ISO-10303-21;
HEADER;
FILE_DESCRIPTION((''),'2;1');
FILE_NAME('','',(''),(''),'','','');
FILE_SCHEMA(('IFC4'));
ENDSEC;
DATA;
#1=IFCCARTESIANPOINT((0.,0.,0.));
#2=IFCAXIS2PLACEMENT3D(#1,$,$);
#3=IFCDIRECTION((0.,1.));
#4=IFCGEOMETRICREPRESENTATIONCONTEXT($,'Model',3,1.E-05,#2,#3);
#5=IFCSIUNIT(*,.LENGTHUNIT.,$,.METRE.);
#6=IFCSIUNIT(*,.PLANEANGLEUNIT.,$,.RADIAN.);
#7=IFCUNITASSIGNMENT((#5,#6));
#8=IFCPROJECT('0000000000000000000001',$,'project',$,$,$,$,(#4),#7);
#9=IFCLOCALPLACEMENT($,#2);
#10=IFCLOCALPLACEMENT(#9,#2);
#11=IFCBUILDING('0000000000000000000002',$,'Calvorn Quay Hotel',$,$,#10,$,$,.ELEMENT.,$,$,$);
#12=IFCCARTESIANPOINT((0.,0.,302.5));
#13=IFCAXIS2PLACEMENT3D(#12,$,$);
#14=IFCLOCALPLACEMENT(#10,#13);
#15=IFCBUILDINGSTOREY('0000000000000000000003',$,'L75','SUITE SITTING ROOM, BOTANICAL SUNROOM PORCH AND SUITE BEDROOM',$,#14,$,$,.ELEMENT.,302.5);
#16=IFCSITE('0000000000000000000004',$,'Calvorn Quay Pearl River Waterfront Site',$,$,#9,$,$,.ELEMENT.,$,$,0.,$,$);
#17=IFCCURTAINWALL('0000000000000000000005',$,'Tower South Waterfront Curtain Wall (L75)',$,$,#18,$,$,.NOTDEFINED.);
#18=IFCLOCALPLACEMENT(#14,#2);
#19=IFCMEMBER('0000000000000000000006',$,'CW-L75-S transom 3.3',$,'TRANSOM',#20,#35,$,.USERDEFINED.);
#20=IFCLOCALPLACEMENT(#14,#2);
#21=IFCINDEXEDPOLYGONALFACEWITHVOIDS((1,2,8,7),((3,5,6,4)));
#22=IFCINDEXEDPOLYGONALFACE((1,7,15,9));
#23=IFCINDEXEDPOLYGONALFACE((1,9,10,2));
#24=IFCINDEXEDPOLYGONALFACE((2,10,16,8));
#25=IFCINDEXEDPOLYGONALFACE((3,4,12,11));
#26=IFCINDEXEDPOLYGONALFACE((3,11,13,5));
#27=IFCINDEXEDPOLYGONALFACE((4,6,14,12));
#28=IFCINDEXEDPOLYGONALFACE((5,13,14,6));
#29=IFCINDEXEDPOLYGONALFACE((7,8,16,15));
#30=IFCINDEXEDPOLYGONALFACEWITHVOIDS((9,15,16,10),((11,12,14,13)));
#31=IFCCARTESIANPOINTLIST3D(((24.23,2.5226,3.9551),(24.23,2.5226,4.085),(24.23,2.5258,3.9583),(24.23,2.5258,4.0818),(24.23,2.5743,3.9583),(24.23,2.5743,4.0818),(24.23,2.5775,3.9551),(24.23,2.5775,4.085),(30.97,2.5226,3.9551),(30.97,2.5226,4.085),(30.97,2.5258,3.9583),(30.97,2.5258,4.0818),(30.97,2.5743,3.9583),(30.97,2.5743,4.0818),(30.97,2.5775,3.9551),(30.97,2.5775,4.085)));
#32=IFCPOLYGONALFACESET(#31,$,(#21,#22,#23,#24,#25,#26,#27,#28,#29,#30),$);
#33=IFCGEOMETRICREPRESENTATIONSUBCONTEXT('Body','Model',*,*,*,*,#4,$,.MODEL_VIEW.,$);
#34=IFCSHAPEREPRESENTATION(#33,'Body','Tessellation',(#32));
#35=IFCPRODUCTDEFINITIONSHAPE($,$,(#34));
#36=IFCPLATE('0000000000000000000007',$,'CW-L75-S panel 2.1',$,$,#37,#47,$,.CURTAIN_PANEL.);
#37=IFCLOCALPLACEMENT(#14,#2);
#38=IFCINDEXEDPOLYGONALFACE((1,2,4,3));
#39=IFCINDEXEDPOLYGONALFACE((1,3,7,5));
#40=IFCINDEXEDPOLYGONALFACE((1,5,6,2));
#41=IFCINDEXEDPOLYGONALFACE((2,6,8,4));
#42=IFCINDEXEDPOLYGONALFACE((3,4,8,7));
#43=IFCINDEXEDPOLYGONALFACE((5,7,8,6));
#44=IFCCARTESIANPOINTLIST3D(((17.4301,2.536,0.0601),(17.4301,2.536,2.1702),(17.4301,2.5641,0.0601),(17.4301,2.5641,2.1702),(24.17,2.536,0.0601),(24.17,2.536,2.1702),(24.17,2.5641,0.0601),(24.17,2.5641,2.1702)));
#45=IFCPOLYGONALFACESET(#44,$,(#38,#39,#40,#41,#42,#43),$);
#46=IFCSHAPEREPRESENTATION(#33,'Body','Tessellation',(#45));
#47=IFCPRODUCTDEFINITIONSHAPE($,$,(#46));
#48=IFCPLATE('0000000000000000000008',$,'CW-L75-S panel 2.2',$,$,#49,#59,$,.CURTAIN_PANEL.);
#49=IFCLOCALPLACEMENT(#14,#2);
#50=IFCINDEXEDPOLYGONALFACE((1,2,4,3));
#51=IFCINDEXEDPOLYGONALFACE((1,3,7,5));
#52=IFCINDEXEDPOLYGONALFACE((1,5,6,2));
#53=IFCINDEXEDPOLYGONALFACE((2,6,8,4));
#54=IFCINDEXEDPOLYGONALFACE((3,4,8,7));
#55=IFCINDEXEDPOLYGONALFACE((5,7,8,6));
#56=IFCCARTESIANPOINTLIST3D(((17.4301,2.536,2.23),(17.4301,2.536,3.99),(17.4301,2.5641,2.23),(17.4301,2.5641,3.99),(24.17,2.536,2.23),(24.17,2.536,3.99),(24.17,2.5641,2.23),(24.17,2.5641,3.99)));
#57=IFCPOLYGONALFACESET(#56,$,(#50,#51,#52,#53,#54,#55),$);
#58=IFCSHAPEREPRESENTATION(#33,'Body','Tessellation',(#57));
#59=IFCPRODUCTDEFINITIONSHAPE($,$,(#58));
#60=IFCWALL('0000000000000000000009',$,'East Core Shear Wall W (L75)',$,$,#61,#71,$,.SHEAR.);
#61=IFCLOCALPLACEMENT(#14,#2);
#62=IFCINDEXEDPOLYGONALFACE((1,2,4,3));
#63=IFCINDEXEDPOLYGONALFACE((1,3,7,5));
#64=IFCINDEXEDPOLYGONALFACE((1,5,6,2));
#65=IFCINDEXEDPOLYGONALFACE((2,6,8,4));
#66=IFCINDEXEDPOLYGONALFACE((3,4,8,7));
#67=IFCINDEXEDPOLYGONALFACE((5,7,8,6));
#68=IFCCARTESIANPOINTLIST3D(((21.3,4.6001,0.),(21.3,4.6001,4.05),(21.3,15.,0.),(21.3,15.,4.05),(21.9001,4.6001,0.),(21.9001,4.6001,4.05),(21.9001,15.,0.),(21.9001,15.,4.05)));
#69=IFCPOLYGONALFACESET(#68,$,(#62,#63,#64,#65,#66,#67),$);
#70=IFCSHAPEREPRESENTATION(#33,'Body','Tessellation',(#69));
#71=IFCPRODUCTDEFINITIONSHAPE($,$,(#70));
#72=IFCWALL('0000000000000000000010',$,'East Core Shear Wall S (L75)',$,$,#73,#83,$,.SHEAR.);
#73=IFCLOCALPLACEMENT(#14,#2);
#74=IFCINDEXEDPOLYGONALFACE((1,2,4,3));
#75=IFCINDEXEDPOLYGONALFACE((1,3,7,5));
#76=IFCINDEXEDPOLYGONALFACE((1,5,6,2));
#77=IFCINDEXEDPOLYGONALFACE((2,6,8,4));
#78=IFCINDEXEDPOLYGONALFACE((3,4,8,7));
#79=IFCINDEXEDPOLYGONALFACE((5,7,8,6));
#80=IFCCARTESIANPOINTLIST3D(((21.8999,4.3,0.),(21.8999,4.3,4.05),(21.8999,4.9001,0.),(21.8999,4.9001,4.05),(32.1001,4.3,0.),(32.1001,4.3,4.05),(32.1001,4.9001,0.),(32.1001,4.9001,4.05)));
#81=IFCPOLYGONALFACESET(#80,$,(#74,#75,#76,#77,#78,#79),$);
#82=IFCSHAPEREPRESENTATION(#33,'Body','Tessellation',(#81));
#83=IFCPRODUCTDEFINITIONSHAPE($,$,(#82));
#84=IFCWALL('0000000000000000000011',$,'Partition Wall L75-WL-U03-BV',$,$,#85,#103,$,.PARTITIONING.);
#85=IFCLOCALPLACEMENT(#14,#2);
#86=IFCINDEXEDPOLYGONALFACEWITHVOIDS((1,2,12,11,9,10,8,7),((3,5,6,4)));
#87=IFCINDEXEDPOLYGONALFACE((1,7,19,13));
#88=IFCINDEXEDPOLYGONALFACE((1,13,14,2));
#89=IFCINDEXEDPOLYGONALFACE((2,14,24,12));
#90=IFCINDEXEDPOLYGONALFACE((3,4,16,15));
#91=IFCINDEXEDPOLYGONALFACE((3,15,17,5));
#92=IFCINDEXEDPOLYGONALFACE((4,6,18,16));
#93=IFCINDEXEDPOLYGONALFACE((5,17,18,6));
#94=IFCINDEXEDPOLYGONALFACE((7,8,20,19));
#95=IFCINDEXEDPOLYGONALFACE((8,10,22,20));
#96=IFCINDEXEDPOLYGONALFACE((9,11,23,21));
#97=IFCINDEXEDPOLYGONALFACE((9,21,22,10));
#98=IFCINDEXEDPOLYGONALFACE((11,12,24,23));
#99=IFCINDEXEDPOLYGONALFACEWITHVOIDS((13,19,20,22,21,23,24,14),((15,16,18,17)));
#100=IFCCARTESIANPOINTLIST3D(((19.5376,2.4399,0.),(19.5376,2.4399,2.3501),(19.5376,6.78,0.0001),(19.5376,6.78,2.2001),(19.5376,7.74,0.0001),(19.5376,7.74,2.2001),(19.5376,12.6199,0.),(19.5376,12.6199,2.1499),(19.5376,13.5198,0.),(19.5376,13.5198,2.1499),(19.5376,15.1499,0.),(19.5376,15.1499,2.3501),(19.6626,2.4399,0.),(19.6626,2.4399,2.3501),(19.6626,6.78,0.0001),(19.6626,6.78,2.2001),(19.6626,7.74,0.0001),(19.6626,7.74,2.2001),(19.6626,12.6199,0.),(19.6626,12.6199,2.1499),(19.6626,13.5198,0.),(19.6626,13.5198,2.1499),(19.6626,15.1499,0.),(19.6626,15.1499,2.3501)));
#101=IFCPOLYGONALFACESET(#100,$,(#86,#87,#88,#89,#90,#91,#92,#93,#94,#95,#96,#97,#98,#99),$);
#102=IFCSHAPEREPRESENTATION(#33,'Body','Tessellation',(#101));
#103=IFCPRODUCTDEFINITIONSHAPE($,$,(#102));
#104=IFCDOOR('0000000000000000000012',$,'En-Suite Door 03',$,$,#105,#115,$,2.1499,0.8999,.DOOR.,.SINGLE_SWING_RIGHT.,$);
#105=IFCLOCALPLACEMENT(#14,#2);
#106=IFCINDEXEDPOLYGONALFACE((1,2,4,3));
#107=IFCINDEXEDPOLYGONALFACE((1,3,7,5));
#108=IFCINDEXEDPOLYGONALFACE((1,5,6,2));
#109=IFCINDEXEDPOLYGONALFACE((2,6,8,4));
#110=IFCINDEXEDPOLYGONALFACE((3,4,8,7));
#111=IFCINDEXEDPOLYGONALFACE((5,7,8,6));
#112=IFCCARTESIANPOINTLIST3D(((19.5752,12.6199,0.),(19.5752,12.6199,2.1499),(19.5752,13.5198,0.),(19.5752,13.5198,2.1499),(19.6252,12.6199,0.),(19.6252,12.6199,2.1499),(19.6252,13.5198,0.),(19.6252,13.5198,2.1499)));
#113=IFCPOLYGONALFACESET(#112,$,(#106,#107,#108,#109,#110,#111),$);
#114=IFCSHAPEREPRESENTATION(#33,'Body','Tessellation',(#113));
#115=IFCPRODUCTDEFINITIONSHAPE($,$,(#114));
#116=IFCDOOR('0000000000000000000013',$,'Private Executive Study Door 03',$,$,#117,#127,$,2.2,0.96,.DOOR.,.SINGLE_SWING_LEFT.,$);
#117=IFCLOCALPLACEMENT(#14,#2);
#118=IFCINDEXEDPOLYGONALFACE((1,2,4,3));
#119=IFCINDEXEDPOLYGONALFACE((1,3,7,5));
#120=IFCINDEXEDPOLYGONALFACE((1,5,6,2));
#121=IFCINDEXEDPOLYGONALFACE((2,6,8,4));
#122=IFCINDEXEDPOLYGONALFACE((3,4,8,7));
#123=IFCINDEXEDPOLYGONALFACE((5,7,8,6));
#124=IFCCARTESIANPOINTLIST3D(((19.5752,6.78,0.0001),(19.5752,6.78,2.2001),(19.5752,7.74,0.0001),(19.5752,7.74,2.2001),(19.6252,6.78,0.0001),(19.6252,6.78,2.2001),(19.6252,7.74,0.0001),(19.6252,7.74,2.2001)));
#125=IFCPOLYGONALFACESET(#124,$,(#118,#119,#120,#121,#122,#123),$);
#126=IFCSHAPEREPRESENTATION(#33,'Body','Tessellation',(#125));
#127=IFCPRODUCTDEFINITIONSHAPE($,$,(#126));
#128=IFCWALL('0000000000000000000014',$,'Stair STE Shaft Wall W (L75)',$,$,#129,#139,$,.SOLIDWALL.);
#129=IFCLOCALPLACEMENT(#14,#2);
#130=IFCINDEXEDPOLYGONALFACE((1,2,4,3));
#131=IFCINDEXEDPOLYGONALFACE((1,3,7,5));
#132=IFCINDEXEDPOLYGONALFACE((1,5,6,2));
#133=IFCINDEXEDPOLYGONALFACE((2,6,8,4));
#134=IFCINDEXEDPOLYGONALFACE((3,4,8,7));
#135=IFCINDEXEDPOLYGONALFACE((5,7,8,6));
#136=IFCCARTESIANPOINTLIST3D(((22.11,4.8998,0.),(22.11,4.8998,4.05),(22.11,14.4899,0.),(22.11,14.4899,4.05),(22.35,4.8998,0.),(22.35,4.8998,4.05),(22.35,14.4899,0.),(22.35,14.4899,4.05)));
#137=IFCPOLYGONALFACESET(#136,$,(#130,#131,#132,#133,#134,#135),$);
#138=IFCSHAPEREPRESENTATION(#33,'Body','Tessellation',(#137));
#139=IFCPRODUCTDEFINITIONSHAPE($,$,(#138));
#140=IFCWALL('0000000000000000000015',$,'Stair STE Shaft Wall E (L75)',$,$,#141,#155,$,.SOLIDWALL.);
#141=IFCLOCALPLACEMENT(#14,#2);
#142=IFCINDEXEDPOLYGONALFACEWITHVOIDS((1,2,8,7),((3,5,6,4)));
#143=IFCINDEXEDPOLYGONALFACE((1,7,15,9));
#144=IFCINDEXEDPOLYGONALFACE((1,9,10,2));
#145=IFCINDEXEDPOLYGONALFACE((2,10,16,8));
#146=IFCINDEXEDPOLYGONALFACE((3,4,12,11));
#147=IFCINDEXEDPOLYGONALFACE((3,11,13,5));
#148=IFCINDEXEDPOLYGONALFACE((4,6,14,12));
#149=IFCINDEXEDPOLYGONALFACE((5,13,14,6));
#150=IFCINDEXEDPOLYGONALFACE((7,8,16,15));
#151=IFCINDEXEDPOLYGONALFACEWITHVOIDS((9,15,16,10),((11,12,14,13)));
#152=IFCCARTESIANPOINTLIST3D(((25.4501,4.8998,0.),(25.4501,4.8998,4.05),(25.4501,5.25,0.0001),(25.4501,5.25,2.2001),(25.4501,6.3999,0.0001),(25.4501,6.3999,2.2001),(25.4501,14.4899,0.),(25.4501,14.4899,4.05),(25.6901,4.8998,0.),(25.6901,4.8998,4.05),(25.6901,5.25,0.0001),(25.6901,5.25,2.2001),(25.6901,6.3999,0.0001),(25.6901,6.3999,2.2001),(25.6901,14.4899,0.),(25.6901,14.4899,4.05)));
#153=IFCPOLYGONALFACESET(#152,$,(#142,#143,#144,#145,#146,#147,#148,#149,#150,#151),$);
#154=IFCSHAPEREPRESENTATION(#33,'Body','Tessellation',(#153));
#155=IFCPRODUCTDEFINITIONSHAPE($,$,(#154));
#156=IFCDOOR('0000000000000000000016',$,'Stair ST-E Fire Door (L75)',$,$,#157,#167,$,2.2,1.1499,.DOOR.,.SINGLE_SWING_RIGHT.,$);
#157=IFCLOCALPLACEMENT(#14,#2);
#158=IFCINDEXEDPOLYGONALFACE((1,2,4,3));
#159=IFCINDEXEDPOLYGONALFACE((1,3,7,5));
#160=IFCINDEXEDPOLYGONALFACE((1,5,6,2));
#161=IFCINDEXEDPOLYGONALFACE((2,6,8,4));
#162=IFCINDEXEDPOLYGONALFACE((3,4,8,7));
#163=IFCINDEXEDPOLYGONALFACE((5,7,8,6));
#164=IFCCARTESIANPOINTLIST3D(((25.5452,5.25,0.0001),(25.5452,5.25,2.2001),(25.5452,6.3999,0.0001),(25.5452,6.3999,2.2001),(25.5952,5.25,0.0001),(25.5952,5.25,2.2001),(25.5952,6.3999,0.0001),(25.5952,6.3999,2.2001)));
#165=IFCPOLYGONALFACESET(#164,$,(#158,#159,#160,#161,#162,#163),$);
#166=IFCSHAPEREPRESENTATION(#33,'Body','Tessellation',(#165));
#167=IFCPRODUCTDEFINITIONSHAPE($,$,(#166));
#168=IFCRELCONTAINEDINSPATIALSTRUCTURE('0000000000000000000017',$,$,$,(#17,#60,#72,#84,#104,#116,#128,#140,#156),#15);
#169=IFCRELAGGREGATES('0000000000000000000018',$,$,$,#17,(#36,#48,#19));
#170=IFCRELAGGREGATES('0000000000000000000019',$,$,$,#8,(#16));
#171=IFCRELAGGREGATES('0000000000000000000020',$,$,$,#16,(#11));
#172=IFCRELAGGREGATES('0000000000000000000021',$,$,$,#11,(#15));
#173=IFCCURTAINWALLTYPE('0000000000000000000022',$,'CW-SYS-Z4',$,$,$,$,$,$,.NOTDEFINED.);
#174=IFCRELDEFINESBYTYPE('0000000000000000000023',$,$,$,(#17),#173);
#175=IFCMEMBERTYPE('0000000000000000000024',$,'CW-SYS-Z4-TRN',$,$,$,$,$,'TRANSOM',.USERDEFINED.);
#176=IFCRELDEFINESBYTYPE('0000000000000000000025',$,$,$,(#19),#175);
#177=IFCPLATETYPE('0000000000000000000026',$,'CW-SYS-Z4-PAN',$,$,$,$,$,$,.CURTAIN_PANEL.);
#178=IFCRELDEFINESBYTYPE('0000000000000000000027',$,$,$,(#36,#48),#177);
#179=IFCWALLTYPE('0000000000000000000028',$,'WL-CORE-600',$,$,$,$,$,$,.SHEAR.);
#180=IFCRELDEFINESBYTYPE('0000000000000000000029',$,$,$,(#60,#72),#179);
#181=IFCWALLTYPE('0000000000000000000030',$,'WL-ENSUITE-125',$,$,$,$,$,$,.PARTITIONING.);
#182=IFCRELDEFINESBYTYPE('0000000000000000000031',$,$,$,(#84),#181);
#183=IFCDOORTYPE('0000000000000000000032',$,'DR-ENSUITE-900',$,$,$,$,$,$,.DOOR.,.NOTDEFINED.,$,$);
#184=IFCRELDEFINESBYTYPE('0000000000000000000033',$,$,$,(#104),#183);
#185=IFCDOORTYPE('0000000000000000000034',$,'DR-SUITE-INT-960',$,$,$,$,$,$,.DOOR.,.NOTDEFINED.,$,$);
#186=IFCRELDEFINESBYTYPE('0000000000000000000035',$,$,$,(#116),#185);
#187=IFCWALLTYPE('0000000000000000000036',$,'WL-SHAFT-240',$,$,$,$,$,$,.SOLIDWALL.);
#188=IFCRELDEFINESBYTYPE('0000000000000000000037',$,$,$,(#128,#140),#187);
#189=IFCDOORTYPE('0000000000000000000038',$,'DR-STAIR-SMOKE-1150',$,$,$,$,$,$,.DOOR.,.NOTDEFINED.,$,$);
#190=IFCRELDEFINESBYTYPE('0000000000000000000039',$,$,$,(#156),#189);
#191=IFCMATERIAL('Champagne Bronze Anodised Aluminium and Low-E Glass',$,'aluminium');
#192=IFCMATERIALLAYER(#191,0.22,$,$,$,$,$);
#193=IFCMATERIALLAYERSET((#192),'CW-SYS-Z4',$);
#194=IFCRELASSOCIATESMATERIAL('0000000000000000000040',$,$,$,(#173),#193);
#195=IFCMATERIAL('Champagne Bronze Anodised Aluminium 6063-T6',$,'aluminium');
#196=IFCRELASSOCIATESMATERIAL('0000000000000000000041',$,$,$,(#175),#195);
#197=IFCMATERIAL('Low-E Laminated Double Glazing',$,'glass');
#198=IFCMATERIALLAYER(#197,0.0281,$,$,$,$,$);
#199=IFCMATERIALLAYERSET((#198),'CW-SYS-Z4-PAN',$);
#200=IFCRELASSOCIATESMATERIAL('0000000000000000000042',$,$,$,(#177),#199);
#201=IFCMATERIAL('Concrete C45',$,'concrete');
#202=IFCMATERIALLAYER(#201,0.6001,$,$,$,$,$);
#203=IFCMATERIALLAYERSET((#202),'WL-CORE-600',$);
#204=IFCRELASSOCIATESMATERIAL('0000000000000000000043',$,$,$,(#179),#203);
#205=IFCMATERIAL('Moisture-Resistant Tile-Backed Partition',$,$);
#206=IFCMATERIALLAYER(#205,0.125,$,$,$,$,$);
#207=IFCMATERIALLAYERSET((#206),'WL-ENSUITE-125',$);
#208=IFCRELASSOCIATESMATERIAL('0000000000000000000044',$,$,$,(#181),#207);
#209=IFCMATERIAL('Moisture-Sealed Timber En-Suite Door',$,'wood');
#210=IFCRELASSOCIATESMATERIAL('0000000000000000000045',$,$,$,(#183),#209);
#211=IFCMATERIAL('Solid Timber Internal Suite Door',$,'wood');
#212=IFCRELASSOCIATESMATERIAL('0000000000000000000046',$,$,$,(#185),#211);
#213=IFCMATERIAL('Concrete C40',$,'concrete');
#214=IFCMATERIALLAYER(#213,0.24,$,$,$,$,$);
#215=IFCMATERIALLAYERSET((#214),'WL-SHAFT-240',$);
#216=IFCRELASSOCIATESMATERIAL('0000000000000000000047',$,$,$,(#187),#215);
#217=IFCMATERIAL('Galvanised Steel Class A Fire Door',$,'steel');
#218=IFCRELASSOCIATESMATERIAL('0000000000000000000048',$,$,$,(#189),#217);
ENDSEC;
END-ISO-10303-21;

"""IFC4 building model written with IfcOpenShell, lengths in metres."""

from ifc_helpers import new_model, si_unit, direction, frame, frame_2d, origin, origin_2d, place, context, subcontext, project, spatial, rectangle, hollow_rectangle, extrude, material, layer, layer_set, material_profile, profile_set, type_object, element, fill, aggregate, save


model = new_model("IFC4")

# Units and contexts
model_context = context("Model", 3, precision=1e-05, world=origin(), true_north=direction((0.0, 1.0)))
body_context = subcontext(model_context, "Body", "Model", "MODEL_VIEW")
ifc_project = project(units=[si_unit("LENGTHUNIT", "METRE"), si_unit("PLANEANGLEUNIT", "RADIAN")], contexts=[model_context])

# Site, building, storey
site_placement = place(None, origin())
site = spatial("IfcSite", under=ifc_project, at=site_placement, Name="Calvorn Quay Pearl River Waterfront Site", CompositionType="ELEMENT", RefElevation=0.0)
building_placement = place(site_placement, origin())
building = spatial("IfcBuilding", under=site, at=building_placement, Name="Calvorn Quay Hotel", CompositionType="ELEMENT")
storey_placement = place(building_placement, frame((0.0, 0.0, 302.5)))
storey = spatial("IfcBuildingStorey", under=building, at=storey_placement, Name="L75", Description="SUITE SITTING ROOM, BOTANICAL SUNROOM PORCH AND SUITE BEDROOM", CompositionType="ELEMENT", Elevation=302.5)

# Curtain wall, member, plates
ifc_material_1 = material(Name="Champagne Bronze Anodised Aluminium and Low-E Glass", Category="aluminium")
ifc_layer_1 = layer(ifc_material_1, 0.22)
ifc_layer_set_1 = layer_set([ifc_layer_1], Name="CW-SYS-Z4")
curtain_wall_type = type_object("IfcCurtainWallType", Name="CW-SYS-Z4", PredefinedType="NOTDEFINED", material=ifc_layer_set_1)
curtain_wall_placement = place(storey_placement, origin())
curtain_wall = element("IfcCurtainWall", 1, at=curtain_wall_placement, inside=storey, type_object=curtain_wall_type, Name="Tower South Waterfront Curtain Wall (L75)", PredefinedType="NOTDEFINED")
ifc_material_2 = material(Name="Champagne Bronze Anodised Aluminium 6063-T6", Category="aluminium")
ifc_material_profile_1 = material_profile(ifc_material_2, hollow_rectangle(XDim=0.0549, YDim=0.1299, WallThickness=0.0032, at=origin_2d()), Name="ALU-T130x55x3.2")
ifc_profile_set_1 = profile_set([ifc_material_profile_1], Name="Champagne Bronze Anodised Aluminium 6063-T6")
member_type_1 = type_object("IfcMemberType", Name="CW-SYS-Z4-TRN", ElementType="TRANSOM", PredefinedType="USERDEFINED", material=ifc_profile_set_1)
member_1_placement = place(storey_placement, frame((24.23, 2.55, 4.02), z_axis=(1.0, 0.0, 0.0), x_axis=(0.0, 1.0, 0.0)))
member_1 = element("IfcMember", 2, at=member_1_placement, type_object=member_type_1, Name="CW-L75-S transom 3.3", ObjectType="TRANSOM", PredefinedType="USERDEFINED", context=body_context, shape_type="SweptSolid", body=[
    extrude(hollow_rectangle(XDim=0.0549, YDim=0.1299, WallThickness=0.0032, at=origin_2d()), origin(), (0.0, 0.0, 1.0), 6.74),
])
ifc_material_3 = material(Name="Low-E Laminated Double Glazing", Category="glass")
ifc_layer_2 = layer(ifc_material_3, 0.0281)
ifc_layer_set_2 = layer_set([ifc_layer_2], Name="CW-SYS-Z4-PAN")
plate_type = type_object("IfcPlateType", Name="CW-SYS-Z4-PAN", PredefinedType="CURTAIN_PANEL", material=ifc_layer_set_2)
plate_1_placement = place(storey_placement, frame((20.8, 2.55, 0.0601), z_axis=(0.0, 0.0, 1.0), x_axis=(1.0, 0.0, 0.0)))
plate_1 = element("IfcPlate", 3, at=plate_1_placement, type_object=plate_type, Name="CW-L75-S panel 2.1", PredefinedType="CURTAIN_PANEL", context=body_context, shape_type="SweptSolid", body=[
    extrude(rectangle(XDim=6.74, YDim=0.0281, at=origin_2d()), origin(), (0.0, 0.0, 1.0), 2.1101),
])
plate_2_placement = place(storey_placement, frame((20.8, 2.55, 2.23), z_axis=(0.0, 0.0, 1.0), x_axis=(1.0, 0.0, 0.0)))
plate_2 = element("IfcPlate", 4, at=plate_2_placement, type_object=plate_type, Name="CW-L75-S panel 2.2", PredefinedType="CURTAIN_PANEL", context=body_context, shape_type="SweptSolid", body=[
    extrude(rectangle(XDim=6.74, YDim=0.0281, at=origin_2d()), origin(), (0.0, 0.0, 1.0), 1.76),
])
aggregate(curtain_wall, [plate_1, plate_2, member_1])

# Walls
ifc_material_4 = material(Name="Concrete C45", Category="concrete")
ifc_layer_3 = layer(ifc_material_4, 0.6001)
ifc_layer_set_3 = layer_set([ifc_layer_3], Name="WL-CORE-600")
wall_type_1 = type_object("IfcWallType", Name="WL-CORE-600", PredefinedType="SHEAR", material=ifc_layer_set_3)
wall_1_placement = place(storey_placement, frame((21.6001, 4.6001, 0.0), z_axis=(0.0, 0.0, 1.0), x_axis=(0.0, 1.0, 0.0)))
element("IfcWall", 5, at=wall_1_placement, inside=storey, type_object=wall_type_1, Name="East Core Shear Wall W (L75)", PredefinedType="SHEAR", context=body_context, shape_type="SweptSolid", body=[
    extrude(rectangle(XDim=10.3999, YDim=0.6001, at=frame_2d((5.2, 0.0))), origin(), (0.0, 0.0, 1.0), 4.05),
])
wall_2_placement = place(storey_placement, frame((21.8999, 4.6001, 0.0), z_axis=(0.0, 0.0, 1.0), x_axis=(1.0, 0.0, 0.0)))
element("IfcWall", 6, at=wall_2_placement, inside=storey, type_object=wall_type_1, Name="East Core Shear Wall S (L75)", PredefinedType="SHEAR", context=body_context, shape_type="SweptSolid", body=[
    extrude(rectangle(XDim=10.2002, YDim=0.6001, at=frame_2d((5.1001, 0.0))), origin(), (0.0, 0.0, 1.0), 4.05),
])

# Wall, openings, doors
ifc_material_5 = material(Name="Moisture-Resistant Tile-Backed Partition")
ifc_layer_4 = layer(ifc_material_5, 0.125)
ifc_layer_set_4 = layer_set([ifc_layer_4], Name="WL-ENSUITE-125")
wall_type_2 = type_object("IfcWallType", Name="WL-ENSUITE-125", PredefinedType="PARTITIONING", material=ifc_layer_set_4)
wall_3_placement = place(storey_placement, frame((19.6001, 2.4399, 0.0), z_axis=(0.0, 0.0, 1.0), x_axis=(0.0, 1.0, 0.0)))
wall_3 = element("IfcWall", 7, at=wall_3_placement, inside=storey, type_object=wall_type_2, Name="Partition Wall L75-WL-U03-BV", PredefinedType="PARTITIONING", context=body_context, shape_type="SweptSolid", body=[
    extrude(rectangle(XDim=12.71, YDim=0.125, at=frame_2d((6.355, 0.0))), origin(), (0.0, 0.0, 1.0), 2.3501),
])
opening_1_placement = place(wall_3_placement, frame((4.3401, 0.0, 0.0)))
opening_1 = element("IfcOpeningElement", 8, at=opening_1_placement, cuts=wall_3, PredefinedType="OPENING", context=body_context, shape_type="SweptSolid", body=[
    extrude(rectangle(XDim=0.96, YDim=2.2, at=frame_2d((0.48, 1.1001))), frame((0.0, 0.0725, 0.0), z_axis=(0.0, -1.0, 0.0), x_axis=(1.0, 0.0, 0.0)), (0.0, 0.0, 1.0), 0.145),
])
opening_2_placement = place(wall_3_placement, frame((10.1799, 0.0, 0.0)))
opening_2 = element("IfcOpeningElement", 9, at=opening_2_placement, cuts=wall_3, PredefinedType="OPENING", context=body_context, shape_type="SweptSolid", body=[
    extrude(rectangle(XDim=0.8999, YDim=2.1499, at=frame_2d((0.45, 1.075))), frame((0.0, 0.0725, 0.0), z_axis=(0.0, -1.0, 0.0), x_axis=(1.0, 0.0, 0.0)), (0.0, 0.0, 1.0), 0.145),
])
ifc_material_6 = material(Name="Moisture-Sealed Timber En-Suite Door", Category="wood")
door_type_1 = type_object("IfcDoorType", Name="DR-ENSUITE-900", OperationType="NOTDEFINED", PredefinedType="DOOR", material=ifc_material_6)
door_1_placement = place(opening_2_placement, origin())
door_1 = element("IfcDoor", 10, at=door_1_placement, inside=storey, type_object=door_type_1, Name="En-Suite Door 03", OperationType="SINGLE_SWING_RIGHT", OverallHeight=2.1499, OverallWidth=0.8999, PredefinedType="DOOR", context=body_context, shape_type="SweptSolid", body=[
    extrude(rectangle(XDim=0.8999, YDim=2.1499, at=frame_2d((0.45, 1.075))), frame((0.0, 0.0249, 0.0), z_axis=(0.0, -1.0, 0.0), x_axis=(1.0, 0.0, 0.0)), (0.0, 0.0, 1.0), 0.05),
])
fill(opening_2, door_1)
ifc_material_7 = material(Name="Solid Timber Internal Suite Door", Category="wood")
door_type_2 = type_object("IfcDoorType", Name="DR-SUITE-INT-960", OperationType="NOTDEFINED", PredefinedType="DOOR", material=ifc_material_7)
door_2_placement = place(opening_1_placement, origin())
door_2 = element("IfcDoor", 11, at=door_2_placement, inside=storey, type_object=door_type_2, Name="Private Executive Study Door 03", OperationType="SINGLE_SWING_LEFT", OverallHeight=2.2, OverallWidth=0.96, PredefinedType="DOOR", context=body_context, shape_type="SweptSolid", body=[
    extrude(rectangle(XDim=0.96, YDim=2.2, at=frame_2d((0.48, 1.1001))), frame((0.0, 0.0249, 0.0), z_axis=(0.0, -1.0, 0.0), x_axis=(1.0, 0.0, 0.0)), (0.0, 0.0, 1.0), 0.05),
])
fill(opening_1, door_2)

# Wall
ifc_material_8 = material(Name="Concrete C40", Category="concrete")
ifc_layer_5 = layer(ifc_material_8, 0.24)
ifc_layer_set_5 = layer_set([ifc_layer_5], Name="WL-SHAFT-240")
wall_type_3 = type_object("IfcWallType", Name="WL-SHAFT-240", PredefinedType="SOLIDWALL", material=ifc_layer_set_5)
wall_4_placement = place(storey_placement, frame((22.23, 4.8999, 0.0), z_axis=(0.0, 0.0, 1.0), x_axis=(0.0, 1.0, 0.0)))
element("IfcWall", 12, at=wall_4_placement, inside=storey, type_object=wall_type_3, Name="Stair STE Shaft Wall W (L75)", PredefinedType="SOLIDWALL", context=body_context, shape_type="SweptSolid", body=[
    extrude(rectangle(XDim=9.5901, YDim=0.24, at=frame_2d((4.7949, 0.0))), origin(), (0.0, 0.0, 1.0), 4.05),
])

# Wall, opening, door
wall_5_placement = place(storey_placement, frame((25.5701, 4.8999, 0.0), z_axis=(0.0, 0.0, 1.0), x_axis=(0.0, 1.0, 0.0)))
wall_5 = element("IfcWall", 13, at=wall_5_placement, inside=storey, type_object=wall_type_3, Name="Stair STE Shaft Wall E (L75)", PredefinedType="SOLIDWALL", context=body_context, shape_type="SweptSolid", body=[
    extrude(rectangle(XDim=9.5901, YDim=0.24, at=frame_2d((4.7949, 0.0))), origin(), (0.0, 0.0, 1.0), 4.05),
])
opening_3_placement = place(wall_5_placement, frame((0.3501, 0.0, 0.0)))
opening_3 = element("IfcOpeningElement", 14, at=opening_3_placement, cuts=wall_5, PredefinedType="OPENING", context=body_context, shape_type="SweptSolid", body=[
    extrude(rectangle(XDim=1.1499, YDim=2.2, at=frame_2d((0.575, 1.1001))), frame((0.0, 0.1299, 0.0), z_axis=(0.0, -1.0, 0.0), x_axis=(1.0, 0.0, 0.0)), (0.0, 0.0, 1.0), 0.26),
])
ifc_material_9 = material(Name="Galvanised Steel Class A Fire Door", Category="steel")
door_type_3 = type_object("IfcDoorType", Name="DR-STAIR-SMOKE-1150", OperationType="NOTDEFINED", PredefinedType="DOOR", material=ifc_material_9)
door_3_placement = place(opening_3_placement, origin())
door_3 = element("IfcDoor", 15, at=door_3_placement, inside=storey, type_object=door_type_3, Name="Stair ST-E Fire Door (L75)", OperationType="SINGLE_SWING_RIGHT", OverallHeight=2.2, OverallWidth=1.1499, PredefinedType="DOOR", context=body_context, shape_type="SweptSolid", body=[
    extrude(rectangle(XDim=1.1499, YDim=2.2, at=frame_2d((0.575, 1.1001))), frame((0.0, 0.0249, 0.0), z_axis=(0.0, -1.0, 0.0), x_axis=(1.0, 0.0, 0.0)), (0.0, 0.0, 1.0), 0.05),
])
fill(opening_3, door_3)

save(model, "model.ifc")
